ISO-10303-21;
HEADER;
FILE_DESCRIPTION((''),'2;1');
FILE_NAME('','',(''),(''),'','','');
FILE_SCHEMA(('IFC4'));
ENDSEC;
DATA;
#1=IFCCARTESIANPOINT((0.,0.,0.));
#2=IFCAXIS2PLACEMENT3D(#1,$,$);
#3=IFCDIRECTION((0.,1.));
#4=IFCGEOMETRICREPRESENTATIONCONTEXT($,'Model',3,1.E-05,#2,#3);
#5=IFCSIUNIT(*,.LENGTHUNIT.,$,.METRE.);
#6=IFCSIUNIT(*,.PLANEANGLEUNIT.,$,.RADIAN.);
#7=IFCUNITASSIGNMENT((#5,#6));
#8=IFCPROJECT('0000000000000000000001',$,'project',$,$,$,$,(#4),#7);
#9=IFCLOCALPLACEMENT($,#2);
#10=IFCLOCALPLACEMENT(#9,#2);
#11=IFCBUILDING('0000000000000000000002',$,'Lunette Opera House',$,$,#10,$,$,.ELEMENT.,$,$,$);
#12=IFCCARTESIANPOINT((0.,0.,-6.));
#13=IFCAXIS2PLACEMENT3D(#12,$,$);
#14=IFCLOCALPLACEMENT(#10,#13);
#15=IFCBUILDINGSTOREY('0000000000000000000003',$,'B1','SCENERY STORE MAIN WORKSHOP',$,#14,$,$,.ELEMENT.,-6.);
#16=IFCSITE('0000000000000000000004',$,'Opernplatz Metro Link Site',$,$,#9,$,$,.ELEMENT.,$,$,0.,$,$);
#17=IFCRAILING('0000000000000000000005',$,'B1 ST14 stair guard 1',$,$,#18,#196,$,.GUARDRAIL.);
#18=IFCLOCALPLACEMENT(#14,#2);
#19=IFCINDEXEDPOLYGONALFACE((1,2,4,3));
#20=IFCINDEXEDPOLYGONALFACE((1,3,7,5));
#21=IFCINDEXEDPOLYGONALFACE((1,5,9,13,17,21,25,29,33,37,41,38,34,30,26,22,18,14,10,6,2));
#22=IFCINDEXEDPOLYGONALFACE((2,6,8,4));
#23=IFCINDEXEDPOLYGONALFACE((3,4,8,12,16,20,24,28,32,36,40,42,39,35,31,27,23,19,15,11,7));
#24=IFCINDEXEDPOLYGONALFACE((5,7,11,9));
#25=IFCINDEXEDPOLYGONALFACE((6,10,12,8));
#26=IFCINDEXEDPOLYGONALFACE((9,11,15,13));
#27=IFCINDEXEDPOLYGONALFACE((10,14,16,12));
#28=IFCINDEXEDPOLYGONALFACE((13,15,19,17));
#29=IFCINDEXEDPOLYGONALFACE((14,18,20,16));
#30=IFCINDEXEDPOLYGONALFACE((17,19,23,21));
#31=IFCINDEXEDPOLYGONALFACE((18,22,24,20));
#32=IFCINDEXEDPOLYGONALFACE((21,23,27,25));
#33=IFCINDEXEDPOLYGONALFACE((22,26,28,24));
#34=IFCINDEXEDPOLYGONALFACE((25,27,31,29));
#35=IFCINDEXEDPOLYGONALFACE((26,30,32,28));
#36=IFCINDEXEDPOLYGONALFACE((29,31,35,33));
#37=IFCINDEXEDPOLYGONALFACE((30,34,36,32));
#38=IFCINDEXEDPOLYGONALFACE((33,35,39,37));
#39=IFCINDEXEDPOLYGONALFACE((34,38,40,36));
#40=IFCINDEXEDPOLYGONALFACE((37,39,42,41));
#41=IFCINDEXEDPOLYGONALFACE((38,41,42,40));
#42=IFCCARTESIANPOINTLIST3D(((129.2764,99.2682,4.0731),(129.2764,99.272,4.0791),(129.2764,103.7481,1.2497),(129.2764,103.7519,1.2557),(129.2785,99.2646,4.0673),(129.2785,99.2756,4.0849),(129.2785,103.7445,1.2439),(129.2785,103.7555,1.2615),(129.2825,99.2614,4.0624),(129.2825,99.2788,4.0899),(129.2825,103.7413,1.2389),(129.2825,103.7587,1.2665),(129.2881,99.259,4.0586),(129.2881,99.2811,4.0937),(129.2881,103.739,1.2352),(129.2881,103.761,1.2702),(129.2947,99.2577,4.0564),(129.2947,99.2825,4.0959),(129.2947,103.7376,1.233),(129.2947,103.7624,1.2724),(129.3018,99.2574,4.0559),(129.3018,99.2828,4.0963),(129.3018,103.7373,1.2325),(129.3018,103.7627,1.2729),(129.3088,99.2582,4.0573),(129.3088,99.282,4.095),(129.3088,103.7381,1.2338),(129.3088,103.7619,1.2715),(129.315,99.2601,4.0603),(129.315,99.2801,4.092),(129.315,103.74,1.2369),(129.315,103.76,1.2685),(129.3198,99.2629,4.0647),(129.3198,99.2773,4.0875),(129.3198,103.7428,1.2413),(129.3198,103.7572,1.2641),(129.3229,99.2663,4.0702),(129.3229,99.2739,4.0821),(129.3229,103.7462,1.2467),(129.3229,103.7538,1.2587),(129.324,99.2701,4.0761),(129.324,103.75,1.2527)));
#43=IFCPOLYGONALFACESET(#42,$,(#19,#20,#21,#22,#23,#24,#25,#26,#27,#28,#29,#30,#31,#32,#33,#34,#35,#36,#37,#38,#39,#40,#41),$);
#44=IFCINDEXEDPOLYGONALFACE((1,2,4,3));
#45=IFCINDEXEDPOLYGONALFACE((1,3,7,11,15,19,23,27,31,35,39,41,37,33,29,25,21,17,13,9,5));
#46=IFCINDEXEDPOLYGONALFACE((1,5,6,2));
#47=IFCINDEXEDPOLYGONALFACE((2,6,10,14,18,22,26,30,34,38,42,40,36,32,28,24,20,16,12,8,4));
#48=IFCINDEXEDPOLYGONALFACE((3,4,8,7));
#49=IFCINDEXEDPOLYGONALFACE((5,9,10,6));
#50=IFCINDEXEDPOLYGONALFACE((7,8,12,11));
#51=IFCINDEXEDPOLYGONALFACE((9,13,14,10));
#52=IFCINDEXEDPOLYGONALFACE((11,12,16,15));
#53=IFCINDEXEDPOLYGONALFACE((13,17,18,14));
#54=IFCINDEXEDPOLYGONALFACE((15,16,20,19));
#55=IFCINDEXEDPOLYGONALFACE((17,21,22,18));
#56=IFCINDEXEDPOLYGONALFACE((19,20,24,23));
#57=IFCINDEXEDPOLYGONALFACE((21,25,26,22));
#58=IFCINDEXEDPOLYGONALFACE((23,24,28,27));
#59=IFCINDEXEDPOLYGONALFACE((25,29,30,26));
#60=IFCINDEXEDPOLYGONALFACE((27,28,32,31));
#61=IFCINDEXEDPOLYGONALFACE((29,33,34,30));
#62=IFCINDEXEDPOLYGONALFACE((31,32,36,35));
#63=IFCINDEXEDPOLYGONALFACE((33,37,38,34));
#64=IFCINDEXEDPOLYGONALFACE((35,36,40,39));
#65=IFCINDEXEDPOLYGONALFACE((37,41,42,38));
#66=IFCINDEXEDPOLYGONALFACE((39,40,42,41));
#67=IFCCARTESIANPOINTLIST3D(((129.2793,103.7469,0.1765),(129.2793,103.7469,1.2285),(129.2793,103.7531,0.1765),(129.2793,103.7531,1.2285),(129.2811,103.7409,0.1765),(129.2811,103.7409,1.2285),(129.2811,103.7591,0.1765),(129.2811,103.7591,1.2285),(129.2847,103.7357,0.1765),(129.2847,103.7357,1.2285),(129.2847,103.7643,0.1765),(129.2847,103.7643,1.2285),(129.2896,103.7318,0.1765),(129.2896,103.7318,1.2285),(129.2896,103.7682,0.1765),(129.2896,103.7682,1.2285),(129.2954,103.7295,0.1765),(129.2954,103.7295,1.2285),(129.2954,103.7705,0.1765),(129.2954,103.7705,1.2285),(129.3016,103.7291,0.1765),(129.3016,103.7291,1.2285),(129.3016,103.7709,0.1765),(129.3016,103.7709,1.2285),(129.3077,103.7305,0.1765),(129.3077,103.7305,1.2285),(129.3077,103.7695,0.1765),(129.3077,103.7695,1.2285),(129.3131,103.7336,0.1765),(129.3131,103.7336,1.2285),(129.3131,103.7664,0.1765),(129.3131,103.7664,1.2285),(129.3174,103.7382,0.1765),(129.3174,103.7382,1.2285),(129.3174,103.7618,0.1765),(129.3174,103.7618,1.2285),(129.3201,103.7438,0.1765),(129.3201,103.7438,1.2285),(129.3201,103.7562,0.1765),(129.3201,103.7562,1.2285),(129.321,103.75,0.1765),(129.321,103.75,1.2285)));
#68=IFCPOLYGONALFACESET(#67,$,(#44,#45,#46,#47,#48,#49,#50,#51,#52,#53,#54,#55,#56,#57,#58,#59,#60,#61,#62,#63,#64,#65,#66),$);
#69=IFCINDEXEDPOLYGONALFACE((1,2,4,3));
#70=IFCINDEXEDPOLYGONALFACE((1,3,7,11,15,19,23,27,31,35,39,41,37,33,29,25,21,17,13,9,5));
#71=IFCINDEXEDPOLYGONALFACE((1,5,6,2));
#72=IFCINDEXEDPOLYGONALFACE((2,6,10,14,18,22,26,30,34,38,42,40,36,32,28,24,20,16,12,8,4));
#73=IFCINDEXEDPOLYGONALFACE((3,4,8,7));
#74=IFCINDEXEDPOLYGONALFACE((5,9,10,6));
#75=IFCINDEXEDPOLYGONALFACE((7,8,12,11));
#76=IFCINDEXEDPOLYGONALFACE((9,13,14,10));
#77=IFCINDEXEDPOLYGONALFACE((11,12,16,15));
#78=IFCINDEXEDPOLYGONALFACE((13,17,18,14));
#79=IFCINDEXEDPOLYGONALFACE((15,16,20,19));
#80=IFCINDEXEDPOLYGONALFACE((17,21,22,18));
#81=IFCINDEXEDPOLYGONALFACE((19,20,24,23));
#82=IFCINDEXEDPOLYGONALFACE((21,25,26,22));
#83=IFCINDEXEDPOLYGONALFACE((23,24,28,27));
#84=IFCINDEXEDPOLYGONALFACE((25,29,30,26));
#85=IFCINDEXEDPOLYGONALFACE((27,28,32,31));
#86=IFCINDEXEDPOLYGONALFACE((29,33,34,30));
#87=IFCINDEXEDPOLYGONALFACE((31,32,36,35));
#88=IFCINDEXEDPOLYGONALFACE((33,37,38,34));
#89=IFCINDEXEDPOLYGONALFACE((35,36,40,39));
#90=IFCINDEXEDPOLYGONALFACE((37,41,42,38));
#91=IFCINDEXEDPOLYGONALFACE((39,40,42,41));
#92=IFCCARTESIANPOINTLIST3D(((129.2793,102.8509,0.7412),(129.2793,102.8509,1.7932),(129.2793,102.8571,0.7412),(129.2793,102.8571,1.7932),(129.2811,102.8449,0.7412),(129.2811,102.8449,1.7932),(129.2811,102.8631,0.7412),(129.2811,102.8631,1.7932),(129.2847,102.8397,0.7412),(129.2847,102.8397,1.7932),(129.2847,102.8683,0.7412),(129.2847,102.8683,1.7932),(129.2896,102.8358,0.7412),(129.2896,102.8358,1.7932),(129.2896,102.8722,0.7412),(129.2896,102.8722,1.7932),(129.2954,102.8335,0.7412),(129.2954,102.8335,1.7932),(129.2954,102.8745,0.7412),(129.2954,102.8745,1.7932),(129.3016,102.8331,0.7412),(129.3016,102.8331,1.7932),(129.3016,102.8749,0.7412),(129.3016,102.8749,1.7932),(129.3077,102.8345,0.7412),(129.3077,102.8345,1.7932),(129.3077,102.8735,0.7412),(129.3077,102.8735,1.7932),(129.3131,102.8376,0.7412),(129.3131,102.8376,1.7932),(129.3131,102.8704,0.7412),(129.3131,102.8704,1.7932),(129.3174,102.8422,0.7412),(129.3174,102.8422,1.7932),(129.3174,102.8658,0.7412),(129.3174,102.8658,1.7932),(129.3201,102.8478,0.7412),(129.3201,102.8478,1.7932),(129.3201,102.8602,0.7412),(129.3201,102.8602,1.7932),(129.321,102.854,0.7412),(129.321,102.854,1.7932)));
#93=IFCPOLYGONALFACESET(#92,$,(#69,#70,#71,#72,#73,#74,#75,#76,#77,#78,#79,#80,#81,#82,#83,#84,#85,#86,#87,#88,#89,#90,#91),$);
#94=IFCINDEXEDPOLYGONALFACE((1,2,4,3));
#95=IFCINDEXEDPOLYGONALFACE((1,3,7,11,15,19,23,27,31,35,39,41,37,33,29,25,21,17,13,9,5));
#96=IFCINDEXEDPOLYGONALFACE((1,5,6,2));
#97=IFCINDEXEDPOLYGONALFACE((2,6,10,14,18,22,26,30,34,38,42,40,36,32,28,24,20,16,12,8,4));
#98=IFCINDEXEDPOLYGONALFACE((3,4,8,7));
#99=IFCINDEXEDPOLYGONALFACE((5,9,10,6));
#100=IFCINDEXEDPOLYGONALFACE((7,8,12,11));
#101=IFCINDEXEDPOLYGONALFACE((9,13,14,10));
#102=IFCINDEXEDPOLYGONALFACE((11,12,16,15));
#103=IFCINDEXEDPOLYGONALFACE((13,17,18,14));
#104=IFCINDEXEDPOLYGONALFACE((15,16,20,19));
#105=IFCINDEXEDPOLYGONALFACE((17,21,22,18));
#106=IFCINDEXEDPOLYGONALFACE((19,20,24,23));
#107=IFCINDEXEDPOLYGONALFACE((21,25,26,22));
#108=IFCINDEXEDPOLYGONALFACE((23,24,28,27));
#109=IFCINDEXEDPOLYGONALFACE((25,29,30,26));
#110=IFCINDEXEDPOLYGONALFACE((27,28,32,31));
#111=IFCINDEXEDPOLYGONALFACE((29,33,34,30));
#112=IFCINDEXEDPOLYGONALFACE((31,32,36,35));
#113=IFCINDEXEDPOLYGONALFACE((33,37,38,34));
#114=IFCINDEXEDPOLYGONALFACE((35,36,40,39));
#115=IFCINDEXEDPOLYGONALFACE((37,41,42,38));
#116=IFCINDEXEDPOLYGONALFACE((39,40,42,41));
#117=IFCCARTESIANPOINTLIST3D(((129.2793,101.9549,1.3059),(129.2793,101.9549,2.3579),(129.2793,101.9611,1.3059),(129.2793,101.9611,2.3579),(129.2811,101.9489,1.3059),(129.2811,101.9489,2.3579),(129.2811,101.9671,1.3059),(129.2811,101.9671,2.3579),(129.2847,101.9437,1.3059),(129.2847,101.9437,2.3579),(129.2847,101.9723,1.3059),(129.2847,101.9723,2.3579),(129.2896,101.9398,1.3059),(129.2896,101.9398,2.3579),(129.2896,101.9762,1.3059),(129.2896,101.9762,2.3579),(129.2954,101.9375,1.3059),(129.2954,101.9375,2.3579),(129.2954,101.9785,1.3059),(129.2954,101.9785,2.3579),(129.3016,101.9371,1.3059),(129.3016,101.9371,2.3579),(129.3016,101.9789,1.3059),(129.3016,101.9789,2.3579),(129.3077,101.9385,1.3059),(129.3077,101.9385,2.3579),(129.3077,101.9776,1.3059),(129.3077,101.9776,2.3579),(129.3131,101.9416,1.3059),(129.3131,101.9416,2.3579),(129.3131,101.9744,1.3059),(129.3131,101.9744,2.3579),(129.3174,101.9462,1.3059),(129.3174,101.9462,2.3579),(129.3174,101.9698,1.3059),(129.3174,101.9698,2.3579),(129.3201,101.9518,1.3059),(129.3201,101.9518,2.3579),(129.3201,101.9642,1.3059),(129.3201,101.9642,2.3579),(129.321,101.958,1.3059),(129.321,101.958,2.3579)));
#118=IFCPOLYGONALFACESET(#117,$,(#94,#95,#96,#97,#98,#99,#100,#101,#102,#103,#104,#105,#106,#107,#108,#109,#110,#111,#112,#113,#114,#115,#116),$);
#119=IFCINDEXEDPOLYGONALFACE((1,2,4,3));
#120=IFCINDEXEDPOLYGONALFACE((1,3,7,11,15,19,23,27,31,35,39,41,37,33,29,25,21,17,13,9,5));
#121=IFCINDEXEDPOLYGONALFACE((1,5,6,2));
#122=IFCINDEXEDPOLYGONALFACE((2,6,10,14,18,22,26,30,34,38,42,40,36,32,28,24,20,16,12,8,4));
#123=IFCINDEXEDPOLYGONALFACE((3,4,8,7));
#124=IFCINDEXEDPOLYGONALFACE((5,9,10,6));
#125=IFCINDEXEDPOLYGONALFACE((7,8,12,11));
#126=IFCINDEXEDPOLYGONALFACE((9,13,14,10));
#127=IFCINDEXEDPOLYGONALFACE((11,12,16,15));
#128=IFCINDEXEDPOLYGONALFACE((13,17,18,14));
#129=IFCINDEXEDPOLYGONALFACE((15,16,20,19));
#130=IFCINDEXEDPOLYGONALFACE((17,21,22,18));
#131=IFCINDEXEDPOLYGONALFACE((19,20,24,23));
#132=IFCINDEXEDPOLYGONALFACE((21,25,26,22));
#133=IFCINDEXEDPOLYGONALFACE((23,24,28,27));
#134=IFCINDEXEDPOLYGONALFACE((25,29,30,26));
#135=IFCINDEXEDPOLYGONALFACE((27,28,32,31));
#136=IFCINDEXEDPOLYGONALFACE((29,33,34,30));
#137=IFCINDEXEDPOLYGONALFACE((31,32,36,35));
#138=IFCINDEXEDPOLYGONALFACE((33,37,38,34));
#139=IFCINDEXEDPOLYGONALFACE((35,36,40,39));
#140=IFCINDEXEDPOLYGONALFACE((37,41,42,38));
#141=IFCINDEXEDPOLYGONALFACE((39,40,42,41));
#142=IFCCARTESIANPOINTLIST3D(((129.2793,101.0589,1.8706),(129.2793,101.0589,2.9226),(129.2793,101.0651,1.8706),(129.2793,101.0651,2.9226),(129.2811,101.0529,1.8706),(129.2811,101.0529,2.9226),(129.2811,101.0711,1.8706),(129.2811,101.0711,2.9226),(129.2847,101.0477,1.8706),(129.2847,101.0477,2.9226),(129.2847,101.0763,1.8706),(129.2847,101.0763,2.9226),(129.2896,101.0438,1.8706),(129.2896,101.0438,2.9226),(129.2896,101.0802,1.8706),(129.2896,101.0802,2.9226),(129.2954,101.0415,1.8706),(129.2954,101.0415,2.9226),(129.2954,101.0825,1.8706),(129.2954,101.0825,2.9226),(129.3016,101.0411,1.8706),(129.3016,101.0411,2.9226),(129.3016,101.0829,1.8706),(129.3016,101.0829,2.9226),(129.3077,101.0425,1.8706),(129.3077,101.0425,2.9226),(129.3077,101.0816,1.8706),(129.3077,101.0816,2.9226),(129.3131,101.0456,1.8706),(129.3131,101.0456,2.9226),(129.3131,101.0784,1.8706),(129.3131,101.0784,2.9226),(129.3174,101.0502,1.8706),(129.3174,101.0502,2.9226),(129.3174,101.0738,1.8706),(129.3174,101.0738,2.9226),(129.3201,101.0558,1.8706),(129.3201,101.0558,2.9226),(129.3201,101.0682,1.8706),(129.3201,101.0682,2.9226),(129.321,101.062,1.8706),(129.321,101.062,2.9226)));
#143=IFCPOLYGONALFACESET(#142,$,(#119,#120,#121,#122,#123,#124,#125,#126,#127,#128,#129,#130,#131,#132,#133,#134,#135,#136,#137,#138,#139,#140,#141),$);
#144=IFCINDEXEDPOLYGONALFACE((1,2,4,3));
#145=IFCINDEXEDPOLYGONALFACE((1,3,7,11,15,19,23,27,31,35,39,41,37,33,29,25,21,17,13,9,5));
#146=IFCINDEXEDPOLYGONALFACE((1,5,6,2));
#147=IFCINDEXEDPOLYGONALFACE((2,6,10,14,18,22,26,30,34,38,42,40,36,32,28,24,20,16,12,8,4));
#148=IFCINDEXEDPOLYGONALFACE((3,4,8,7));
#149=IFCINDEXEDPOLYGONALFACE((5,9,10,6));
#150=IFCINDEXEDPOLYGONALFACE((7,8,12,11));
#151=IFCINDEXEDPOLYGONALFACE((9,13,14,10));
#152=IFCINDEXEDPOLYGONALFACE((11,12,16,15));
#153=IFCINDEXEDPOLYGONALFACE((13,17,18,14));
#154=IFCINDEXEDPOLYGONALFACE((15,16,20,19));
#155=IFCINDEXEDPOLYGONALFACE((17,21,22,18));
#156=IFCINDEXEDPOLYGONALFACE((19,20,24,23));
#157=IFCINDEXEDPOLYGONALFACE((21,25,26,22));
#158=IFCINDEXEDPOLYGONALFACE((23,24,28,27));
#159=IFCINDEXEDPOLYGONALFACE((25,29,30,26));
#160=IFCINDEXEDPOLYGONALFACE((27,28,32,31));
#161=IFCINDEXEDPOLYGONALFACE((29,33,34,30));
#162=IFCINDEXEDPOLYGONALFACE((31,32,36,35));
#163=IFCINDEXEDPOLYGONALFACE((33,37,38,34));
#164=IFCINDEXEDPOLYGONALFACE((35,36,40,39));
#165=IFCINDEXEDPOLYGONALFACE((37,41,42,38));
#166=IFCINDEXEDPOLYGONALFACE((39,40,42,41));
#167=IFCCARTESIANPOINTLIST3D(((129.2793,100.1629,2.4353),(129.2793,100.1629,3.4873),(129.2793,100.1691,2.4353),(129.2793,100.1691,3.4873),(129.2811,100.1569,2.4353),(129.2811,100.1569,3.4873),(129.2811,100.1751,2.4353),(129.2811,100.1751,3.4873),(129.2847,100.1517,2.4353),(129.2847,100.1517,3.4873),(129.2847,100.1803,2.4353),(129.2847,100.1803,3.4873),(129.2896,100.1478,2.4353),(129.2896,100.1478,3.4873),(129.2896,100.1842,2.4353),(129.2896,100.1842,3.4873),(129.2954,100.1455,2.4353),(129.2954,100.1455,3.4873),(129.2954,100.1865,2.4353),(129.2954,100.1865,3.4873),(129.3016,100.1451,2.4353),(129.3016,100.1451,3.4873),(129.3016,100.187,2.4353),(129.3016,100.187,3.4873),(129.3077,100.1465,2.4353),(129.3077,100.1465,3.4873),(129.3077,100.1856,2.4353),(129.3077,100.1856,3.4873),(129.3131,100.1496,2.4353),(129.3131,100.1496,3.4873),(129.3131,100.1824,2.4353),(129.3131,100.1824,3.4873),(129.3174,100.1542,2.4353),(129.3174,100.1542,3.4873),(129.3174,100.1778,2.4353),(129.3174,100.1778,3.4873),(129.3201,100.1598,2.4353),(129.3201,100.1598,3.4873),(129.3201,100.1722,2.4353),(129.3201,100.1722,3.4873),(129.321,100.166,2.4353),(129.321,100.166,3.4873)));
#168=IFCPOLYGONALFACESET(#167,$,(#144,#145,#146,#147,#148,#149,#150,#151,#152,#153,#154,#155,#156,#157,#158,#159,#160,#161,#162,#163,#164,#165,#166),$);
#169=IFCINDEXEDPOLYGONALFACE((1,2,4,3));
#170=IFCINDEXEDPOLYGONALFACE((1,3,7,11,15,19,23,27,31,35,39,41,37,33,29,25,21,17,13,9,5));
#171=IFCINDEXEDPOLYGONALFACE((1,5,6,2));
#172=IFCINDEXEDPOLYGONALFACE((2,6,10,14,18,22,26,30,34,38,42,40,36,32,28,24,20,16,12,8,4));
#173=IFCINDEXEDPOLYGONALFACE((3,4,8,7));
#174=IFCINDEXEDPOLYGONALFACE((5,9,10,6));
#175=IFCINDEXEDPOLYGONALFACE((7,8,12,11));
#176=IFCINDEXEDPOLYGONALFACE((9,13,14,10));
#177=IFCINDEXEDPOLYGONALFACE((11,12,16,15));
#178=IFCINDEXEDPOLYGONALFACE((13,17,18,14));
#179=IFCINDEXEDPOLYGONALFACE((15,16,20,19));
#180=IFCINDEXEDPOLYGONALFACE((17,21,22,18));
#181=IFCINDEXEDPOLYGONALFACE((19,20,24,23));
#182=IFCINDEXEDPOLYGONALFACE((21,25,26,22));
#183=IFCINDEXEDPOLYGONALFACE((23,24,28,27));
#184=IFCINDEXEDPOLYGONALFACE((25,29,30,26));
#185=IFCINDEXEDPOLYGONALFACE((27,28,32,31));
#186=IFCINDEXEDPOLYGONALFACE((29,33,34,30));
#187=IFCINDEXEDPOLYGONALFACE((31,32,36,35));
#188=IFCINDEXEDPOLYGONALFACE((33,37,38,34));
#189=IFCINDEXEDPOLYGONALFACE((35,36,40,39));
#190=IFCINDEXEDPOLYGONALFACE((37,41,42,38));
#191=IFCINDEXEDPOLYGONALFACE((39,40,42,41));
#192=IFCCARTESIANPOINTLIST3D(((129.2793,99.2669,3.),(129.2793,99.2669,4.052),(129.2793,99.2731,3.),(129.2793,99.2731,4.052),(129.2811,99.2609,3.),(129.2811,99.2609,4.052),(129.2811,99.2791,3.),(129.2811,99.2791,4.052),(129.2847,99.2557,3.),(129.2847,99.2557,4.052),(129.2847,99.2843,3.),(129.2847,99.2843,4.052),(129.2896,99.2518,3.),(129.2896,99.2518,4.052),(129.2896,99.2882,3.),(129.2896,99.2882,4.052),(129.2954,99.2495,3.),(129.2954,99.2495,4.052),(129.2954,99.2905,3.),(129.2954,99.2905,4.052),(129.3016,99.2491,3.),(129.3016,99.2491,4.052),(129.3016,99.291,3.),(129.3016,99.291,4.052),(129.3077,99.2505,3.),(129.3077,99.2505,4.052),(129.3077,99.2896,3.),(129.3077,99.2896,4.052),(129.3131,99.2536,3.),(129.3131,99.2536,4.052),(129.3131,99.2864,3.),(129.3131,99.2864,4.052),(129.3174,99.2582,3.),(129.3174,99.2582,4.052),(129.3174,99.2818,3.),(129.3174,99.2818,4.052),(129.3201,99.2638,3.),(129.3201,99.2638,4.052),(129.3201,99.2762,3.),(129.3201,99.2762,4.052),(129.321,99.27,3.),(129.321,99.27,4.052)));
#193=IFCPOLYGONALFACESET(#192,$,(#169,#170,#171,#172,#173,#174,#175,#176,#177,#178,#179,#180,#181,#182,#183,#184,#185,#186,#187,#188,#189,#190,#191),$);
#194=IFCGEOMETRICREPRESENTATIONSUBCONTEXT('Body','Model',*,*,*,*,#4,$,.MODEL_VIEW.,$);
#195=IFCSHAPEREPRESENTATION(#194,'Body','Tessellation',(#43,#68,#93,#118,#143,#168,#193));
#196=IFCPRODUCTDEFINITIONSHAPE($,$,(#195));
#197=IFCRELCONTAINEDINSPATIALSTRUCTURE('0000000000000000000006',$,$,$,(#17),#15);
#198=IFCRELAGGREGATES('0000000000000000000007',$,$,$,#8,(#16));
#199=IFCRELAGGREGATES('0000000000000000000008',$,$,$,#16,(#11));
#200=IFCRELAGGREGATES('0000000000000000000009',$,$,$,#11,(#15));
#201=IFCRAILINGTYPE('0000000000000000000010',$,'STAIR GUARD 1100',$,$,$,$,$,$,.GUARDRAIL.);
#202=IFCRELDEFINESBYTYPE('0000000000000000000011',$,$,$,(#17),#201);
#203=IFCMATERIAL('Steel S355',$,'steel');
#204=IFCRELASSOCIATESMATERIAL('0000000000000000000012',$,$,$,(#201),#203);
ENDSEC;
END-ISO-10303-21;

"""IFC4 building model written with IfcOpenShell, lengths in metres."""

from ifc_helpers import new_model, si_unit, direction, frame, origin, origin_2d, place, context, subcontext, project, spatial, circle, extrude, material, type_object, element, save


model = new_model("IFC4")

# Units and contexts
model_context = context("Model", 3, precision=1e-05, world=origin(), true_north=direction((0.0, 1.0)))
body_context = subcontext(model_context, "Body", "Model", "MODEL_VIEW")
ifc_project = project(units=[si_unit("LENGTHUNIT", "METRE"), si_unit("PLANEANGLEUNIT", "RADIAN")], contexts=[model_context])

# Site, building, storey
site_placement = place(None, origin())
site = spatial("IfcSite", under=ifc_project, at=site_placement, Name="Opernplatz Metro Link Site", CompositionType="ELEMENT", RefElevation=0.0)
building_placement = place(site_placement, origin())
building = spatial("IfcBuilding", under=site, at=building_placement, Name="Lunette Opera House", CompositionType="ELEMENT")
storey_placement = place(building_placement, frame((0.0, 0.0, -6.0)))
storey = spatial("IfcBuildingStorey", under=building, at=storey_placement, Name="B1", Description="SCENERY STORE MAIN WORKSHOP", CompositionType="ELEMENT", Elevation=-6.0)

# Railing
ifc_material_1 = material(Name="Steel S355", Category="steel")
railing_type_1 = type_object("IfcRailingType", Name="STAIR GUARD 1100", PredefinedType="GUARDRAIL", material=ifc_material_1)
railing_1_placement = place(storey_placement, frame((129.3, 103.75, 0.1765)))
element("IfcRailing", 1, at=railing_1_placement, inside=storey, type_object=railing_type_1, Name="B1 ST14 stair guard 1", PredefinedType="GUARDRAIL", context=body_context, shape_type="SweptSolid", body=[
    extrude(circle(Radius=0.0239, at=origin_2d()), frame((0.0, 0.0, 1.0762), z_axis=(0.0, -0.845998, 0.533186), x_axis=(1.0, 0.0, 0.0)), (0.0, 0.0, 1.0), 5.2954),
    extrude(circle(Radius=0.021, at=origin_2d()), origin(), (0.0, 0.0, 1.0), 1.052),
    extrude(circle(Radius=0.021, at=origin_2d()), frame((0.0, -0.896, 0.5647)), (0.0, 0.0, 1.0), 1.052),
    extrude(circle(Radius=0.021, at=origin_2d()), frame((0.0, -1.792, 1.1294)), (0.0, 0.0, 1.0), 1.052),
    extrude(circle(Radius=0.021, at=origin_2d()), frame((0.0, -2.688, 1.6941)), (0.0, 0.0, 1.0), 1.052),
    extrude(circle(Radius=0.021, at=origin_2d()), frame((0.0, -3.584, 2.2588)), (0.0, 0.0, 1.0), 1.052),
    extrude(circle(Radius=0.021, at=origin_2d()), frame((0.0, -4.48, 2.8235)), (0.0, 0.0, 1.0), 1.052),
])

save(model, "model.ifc")
